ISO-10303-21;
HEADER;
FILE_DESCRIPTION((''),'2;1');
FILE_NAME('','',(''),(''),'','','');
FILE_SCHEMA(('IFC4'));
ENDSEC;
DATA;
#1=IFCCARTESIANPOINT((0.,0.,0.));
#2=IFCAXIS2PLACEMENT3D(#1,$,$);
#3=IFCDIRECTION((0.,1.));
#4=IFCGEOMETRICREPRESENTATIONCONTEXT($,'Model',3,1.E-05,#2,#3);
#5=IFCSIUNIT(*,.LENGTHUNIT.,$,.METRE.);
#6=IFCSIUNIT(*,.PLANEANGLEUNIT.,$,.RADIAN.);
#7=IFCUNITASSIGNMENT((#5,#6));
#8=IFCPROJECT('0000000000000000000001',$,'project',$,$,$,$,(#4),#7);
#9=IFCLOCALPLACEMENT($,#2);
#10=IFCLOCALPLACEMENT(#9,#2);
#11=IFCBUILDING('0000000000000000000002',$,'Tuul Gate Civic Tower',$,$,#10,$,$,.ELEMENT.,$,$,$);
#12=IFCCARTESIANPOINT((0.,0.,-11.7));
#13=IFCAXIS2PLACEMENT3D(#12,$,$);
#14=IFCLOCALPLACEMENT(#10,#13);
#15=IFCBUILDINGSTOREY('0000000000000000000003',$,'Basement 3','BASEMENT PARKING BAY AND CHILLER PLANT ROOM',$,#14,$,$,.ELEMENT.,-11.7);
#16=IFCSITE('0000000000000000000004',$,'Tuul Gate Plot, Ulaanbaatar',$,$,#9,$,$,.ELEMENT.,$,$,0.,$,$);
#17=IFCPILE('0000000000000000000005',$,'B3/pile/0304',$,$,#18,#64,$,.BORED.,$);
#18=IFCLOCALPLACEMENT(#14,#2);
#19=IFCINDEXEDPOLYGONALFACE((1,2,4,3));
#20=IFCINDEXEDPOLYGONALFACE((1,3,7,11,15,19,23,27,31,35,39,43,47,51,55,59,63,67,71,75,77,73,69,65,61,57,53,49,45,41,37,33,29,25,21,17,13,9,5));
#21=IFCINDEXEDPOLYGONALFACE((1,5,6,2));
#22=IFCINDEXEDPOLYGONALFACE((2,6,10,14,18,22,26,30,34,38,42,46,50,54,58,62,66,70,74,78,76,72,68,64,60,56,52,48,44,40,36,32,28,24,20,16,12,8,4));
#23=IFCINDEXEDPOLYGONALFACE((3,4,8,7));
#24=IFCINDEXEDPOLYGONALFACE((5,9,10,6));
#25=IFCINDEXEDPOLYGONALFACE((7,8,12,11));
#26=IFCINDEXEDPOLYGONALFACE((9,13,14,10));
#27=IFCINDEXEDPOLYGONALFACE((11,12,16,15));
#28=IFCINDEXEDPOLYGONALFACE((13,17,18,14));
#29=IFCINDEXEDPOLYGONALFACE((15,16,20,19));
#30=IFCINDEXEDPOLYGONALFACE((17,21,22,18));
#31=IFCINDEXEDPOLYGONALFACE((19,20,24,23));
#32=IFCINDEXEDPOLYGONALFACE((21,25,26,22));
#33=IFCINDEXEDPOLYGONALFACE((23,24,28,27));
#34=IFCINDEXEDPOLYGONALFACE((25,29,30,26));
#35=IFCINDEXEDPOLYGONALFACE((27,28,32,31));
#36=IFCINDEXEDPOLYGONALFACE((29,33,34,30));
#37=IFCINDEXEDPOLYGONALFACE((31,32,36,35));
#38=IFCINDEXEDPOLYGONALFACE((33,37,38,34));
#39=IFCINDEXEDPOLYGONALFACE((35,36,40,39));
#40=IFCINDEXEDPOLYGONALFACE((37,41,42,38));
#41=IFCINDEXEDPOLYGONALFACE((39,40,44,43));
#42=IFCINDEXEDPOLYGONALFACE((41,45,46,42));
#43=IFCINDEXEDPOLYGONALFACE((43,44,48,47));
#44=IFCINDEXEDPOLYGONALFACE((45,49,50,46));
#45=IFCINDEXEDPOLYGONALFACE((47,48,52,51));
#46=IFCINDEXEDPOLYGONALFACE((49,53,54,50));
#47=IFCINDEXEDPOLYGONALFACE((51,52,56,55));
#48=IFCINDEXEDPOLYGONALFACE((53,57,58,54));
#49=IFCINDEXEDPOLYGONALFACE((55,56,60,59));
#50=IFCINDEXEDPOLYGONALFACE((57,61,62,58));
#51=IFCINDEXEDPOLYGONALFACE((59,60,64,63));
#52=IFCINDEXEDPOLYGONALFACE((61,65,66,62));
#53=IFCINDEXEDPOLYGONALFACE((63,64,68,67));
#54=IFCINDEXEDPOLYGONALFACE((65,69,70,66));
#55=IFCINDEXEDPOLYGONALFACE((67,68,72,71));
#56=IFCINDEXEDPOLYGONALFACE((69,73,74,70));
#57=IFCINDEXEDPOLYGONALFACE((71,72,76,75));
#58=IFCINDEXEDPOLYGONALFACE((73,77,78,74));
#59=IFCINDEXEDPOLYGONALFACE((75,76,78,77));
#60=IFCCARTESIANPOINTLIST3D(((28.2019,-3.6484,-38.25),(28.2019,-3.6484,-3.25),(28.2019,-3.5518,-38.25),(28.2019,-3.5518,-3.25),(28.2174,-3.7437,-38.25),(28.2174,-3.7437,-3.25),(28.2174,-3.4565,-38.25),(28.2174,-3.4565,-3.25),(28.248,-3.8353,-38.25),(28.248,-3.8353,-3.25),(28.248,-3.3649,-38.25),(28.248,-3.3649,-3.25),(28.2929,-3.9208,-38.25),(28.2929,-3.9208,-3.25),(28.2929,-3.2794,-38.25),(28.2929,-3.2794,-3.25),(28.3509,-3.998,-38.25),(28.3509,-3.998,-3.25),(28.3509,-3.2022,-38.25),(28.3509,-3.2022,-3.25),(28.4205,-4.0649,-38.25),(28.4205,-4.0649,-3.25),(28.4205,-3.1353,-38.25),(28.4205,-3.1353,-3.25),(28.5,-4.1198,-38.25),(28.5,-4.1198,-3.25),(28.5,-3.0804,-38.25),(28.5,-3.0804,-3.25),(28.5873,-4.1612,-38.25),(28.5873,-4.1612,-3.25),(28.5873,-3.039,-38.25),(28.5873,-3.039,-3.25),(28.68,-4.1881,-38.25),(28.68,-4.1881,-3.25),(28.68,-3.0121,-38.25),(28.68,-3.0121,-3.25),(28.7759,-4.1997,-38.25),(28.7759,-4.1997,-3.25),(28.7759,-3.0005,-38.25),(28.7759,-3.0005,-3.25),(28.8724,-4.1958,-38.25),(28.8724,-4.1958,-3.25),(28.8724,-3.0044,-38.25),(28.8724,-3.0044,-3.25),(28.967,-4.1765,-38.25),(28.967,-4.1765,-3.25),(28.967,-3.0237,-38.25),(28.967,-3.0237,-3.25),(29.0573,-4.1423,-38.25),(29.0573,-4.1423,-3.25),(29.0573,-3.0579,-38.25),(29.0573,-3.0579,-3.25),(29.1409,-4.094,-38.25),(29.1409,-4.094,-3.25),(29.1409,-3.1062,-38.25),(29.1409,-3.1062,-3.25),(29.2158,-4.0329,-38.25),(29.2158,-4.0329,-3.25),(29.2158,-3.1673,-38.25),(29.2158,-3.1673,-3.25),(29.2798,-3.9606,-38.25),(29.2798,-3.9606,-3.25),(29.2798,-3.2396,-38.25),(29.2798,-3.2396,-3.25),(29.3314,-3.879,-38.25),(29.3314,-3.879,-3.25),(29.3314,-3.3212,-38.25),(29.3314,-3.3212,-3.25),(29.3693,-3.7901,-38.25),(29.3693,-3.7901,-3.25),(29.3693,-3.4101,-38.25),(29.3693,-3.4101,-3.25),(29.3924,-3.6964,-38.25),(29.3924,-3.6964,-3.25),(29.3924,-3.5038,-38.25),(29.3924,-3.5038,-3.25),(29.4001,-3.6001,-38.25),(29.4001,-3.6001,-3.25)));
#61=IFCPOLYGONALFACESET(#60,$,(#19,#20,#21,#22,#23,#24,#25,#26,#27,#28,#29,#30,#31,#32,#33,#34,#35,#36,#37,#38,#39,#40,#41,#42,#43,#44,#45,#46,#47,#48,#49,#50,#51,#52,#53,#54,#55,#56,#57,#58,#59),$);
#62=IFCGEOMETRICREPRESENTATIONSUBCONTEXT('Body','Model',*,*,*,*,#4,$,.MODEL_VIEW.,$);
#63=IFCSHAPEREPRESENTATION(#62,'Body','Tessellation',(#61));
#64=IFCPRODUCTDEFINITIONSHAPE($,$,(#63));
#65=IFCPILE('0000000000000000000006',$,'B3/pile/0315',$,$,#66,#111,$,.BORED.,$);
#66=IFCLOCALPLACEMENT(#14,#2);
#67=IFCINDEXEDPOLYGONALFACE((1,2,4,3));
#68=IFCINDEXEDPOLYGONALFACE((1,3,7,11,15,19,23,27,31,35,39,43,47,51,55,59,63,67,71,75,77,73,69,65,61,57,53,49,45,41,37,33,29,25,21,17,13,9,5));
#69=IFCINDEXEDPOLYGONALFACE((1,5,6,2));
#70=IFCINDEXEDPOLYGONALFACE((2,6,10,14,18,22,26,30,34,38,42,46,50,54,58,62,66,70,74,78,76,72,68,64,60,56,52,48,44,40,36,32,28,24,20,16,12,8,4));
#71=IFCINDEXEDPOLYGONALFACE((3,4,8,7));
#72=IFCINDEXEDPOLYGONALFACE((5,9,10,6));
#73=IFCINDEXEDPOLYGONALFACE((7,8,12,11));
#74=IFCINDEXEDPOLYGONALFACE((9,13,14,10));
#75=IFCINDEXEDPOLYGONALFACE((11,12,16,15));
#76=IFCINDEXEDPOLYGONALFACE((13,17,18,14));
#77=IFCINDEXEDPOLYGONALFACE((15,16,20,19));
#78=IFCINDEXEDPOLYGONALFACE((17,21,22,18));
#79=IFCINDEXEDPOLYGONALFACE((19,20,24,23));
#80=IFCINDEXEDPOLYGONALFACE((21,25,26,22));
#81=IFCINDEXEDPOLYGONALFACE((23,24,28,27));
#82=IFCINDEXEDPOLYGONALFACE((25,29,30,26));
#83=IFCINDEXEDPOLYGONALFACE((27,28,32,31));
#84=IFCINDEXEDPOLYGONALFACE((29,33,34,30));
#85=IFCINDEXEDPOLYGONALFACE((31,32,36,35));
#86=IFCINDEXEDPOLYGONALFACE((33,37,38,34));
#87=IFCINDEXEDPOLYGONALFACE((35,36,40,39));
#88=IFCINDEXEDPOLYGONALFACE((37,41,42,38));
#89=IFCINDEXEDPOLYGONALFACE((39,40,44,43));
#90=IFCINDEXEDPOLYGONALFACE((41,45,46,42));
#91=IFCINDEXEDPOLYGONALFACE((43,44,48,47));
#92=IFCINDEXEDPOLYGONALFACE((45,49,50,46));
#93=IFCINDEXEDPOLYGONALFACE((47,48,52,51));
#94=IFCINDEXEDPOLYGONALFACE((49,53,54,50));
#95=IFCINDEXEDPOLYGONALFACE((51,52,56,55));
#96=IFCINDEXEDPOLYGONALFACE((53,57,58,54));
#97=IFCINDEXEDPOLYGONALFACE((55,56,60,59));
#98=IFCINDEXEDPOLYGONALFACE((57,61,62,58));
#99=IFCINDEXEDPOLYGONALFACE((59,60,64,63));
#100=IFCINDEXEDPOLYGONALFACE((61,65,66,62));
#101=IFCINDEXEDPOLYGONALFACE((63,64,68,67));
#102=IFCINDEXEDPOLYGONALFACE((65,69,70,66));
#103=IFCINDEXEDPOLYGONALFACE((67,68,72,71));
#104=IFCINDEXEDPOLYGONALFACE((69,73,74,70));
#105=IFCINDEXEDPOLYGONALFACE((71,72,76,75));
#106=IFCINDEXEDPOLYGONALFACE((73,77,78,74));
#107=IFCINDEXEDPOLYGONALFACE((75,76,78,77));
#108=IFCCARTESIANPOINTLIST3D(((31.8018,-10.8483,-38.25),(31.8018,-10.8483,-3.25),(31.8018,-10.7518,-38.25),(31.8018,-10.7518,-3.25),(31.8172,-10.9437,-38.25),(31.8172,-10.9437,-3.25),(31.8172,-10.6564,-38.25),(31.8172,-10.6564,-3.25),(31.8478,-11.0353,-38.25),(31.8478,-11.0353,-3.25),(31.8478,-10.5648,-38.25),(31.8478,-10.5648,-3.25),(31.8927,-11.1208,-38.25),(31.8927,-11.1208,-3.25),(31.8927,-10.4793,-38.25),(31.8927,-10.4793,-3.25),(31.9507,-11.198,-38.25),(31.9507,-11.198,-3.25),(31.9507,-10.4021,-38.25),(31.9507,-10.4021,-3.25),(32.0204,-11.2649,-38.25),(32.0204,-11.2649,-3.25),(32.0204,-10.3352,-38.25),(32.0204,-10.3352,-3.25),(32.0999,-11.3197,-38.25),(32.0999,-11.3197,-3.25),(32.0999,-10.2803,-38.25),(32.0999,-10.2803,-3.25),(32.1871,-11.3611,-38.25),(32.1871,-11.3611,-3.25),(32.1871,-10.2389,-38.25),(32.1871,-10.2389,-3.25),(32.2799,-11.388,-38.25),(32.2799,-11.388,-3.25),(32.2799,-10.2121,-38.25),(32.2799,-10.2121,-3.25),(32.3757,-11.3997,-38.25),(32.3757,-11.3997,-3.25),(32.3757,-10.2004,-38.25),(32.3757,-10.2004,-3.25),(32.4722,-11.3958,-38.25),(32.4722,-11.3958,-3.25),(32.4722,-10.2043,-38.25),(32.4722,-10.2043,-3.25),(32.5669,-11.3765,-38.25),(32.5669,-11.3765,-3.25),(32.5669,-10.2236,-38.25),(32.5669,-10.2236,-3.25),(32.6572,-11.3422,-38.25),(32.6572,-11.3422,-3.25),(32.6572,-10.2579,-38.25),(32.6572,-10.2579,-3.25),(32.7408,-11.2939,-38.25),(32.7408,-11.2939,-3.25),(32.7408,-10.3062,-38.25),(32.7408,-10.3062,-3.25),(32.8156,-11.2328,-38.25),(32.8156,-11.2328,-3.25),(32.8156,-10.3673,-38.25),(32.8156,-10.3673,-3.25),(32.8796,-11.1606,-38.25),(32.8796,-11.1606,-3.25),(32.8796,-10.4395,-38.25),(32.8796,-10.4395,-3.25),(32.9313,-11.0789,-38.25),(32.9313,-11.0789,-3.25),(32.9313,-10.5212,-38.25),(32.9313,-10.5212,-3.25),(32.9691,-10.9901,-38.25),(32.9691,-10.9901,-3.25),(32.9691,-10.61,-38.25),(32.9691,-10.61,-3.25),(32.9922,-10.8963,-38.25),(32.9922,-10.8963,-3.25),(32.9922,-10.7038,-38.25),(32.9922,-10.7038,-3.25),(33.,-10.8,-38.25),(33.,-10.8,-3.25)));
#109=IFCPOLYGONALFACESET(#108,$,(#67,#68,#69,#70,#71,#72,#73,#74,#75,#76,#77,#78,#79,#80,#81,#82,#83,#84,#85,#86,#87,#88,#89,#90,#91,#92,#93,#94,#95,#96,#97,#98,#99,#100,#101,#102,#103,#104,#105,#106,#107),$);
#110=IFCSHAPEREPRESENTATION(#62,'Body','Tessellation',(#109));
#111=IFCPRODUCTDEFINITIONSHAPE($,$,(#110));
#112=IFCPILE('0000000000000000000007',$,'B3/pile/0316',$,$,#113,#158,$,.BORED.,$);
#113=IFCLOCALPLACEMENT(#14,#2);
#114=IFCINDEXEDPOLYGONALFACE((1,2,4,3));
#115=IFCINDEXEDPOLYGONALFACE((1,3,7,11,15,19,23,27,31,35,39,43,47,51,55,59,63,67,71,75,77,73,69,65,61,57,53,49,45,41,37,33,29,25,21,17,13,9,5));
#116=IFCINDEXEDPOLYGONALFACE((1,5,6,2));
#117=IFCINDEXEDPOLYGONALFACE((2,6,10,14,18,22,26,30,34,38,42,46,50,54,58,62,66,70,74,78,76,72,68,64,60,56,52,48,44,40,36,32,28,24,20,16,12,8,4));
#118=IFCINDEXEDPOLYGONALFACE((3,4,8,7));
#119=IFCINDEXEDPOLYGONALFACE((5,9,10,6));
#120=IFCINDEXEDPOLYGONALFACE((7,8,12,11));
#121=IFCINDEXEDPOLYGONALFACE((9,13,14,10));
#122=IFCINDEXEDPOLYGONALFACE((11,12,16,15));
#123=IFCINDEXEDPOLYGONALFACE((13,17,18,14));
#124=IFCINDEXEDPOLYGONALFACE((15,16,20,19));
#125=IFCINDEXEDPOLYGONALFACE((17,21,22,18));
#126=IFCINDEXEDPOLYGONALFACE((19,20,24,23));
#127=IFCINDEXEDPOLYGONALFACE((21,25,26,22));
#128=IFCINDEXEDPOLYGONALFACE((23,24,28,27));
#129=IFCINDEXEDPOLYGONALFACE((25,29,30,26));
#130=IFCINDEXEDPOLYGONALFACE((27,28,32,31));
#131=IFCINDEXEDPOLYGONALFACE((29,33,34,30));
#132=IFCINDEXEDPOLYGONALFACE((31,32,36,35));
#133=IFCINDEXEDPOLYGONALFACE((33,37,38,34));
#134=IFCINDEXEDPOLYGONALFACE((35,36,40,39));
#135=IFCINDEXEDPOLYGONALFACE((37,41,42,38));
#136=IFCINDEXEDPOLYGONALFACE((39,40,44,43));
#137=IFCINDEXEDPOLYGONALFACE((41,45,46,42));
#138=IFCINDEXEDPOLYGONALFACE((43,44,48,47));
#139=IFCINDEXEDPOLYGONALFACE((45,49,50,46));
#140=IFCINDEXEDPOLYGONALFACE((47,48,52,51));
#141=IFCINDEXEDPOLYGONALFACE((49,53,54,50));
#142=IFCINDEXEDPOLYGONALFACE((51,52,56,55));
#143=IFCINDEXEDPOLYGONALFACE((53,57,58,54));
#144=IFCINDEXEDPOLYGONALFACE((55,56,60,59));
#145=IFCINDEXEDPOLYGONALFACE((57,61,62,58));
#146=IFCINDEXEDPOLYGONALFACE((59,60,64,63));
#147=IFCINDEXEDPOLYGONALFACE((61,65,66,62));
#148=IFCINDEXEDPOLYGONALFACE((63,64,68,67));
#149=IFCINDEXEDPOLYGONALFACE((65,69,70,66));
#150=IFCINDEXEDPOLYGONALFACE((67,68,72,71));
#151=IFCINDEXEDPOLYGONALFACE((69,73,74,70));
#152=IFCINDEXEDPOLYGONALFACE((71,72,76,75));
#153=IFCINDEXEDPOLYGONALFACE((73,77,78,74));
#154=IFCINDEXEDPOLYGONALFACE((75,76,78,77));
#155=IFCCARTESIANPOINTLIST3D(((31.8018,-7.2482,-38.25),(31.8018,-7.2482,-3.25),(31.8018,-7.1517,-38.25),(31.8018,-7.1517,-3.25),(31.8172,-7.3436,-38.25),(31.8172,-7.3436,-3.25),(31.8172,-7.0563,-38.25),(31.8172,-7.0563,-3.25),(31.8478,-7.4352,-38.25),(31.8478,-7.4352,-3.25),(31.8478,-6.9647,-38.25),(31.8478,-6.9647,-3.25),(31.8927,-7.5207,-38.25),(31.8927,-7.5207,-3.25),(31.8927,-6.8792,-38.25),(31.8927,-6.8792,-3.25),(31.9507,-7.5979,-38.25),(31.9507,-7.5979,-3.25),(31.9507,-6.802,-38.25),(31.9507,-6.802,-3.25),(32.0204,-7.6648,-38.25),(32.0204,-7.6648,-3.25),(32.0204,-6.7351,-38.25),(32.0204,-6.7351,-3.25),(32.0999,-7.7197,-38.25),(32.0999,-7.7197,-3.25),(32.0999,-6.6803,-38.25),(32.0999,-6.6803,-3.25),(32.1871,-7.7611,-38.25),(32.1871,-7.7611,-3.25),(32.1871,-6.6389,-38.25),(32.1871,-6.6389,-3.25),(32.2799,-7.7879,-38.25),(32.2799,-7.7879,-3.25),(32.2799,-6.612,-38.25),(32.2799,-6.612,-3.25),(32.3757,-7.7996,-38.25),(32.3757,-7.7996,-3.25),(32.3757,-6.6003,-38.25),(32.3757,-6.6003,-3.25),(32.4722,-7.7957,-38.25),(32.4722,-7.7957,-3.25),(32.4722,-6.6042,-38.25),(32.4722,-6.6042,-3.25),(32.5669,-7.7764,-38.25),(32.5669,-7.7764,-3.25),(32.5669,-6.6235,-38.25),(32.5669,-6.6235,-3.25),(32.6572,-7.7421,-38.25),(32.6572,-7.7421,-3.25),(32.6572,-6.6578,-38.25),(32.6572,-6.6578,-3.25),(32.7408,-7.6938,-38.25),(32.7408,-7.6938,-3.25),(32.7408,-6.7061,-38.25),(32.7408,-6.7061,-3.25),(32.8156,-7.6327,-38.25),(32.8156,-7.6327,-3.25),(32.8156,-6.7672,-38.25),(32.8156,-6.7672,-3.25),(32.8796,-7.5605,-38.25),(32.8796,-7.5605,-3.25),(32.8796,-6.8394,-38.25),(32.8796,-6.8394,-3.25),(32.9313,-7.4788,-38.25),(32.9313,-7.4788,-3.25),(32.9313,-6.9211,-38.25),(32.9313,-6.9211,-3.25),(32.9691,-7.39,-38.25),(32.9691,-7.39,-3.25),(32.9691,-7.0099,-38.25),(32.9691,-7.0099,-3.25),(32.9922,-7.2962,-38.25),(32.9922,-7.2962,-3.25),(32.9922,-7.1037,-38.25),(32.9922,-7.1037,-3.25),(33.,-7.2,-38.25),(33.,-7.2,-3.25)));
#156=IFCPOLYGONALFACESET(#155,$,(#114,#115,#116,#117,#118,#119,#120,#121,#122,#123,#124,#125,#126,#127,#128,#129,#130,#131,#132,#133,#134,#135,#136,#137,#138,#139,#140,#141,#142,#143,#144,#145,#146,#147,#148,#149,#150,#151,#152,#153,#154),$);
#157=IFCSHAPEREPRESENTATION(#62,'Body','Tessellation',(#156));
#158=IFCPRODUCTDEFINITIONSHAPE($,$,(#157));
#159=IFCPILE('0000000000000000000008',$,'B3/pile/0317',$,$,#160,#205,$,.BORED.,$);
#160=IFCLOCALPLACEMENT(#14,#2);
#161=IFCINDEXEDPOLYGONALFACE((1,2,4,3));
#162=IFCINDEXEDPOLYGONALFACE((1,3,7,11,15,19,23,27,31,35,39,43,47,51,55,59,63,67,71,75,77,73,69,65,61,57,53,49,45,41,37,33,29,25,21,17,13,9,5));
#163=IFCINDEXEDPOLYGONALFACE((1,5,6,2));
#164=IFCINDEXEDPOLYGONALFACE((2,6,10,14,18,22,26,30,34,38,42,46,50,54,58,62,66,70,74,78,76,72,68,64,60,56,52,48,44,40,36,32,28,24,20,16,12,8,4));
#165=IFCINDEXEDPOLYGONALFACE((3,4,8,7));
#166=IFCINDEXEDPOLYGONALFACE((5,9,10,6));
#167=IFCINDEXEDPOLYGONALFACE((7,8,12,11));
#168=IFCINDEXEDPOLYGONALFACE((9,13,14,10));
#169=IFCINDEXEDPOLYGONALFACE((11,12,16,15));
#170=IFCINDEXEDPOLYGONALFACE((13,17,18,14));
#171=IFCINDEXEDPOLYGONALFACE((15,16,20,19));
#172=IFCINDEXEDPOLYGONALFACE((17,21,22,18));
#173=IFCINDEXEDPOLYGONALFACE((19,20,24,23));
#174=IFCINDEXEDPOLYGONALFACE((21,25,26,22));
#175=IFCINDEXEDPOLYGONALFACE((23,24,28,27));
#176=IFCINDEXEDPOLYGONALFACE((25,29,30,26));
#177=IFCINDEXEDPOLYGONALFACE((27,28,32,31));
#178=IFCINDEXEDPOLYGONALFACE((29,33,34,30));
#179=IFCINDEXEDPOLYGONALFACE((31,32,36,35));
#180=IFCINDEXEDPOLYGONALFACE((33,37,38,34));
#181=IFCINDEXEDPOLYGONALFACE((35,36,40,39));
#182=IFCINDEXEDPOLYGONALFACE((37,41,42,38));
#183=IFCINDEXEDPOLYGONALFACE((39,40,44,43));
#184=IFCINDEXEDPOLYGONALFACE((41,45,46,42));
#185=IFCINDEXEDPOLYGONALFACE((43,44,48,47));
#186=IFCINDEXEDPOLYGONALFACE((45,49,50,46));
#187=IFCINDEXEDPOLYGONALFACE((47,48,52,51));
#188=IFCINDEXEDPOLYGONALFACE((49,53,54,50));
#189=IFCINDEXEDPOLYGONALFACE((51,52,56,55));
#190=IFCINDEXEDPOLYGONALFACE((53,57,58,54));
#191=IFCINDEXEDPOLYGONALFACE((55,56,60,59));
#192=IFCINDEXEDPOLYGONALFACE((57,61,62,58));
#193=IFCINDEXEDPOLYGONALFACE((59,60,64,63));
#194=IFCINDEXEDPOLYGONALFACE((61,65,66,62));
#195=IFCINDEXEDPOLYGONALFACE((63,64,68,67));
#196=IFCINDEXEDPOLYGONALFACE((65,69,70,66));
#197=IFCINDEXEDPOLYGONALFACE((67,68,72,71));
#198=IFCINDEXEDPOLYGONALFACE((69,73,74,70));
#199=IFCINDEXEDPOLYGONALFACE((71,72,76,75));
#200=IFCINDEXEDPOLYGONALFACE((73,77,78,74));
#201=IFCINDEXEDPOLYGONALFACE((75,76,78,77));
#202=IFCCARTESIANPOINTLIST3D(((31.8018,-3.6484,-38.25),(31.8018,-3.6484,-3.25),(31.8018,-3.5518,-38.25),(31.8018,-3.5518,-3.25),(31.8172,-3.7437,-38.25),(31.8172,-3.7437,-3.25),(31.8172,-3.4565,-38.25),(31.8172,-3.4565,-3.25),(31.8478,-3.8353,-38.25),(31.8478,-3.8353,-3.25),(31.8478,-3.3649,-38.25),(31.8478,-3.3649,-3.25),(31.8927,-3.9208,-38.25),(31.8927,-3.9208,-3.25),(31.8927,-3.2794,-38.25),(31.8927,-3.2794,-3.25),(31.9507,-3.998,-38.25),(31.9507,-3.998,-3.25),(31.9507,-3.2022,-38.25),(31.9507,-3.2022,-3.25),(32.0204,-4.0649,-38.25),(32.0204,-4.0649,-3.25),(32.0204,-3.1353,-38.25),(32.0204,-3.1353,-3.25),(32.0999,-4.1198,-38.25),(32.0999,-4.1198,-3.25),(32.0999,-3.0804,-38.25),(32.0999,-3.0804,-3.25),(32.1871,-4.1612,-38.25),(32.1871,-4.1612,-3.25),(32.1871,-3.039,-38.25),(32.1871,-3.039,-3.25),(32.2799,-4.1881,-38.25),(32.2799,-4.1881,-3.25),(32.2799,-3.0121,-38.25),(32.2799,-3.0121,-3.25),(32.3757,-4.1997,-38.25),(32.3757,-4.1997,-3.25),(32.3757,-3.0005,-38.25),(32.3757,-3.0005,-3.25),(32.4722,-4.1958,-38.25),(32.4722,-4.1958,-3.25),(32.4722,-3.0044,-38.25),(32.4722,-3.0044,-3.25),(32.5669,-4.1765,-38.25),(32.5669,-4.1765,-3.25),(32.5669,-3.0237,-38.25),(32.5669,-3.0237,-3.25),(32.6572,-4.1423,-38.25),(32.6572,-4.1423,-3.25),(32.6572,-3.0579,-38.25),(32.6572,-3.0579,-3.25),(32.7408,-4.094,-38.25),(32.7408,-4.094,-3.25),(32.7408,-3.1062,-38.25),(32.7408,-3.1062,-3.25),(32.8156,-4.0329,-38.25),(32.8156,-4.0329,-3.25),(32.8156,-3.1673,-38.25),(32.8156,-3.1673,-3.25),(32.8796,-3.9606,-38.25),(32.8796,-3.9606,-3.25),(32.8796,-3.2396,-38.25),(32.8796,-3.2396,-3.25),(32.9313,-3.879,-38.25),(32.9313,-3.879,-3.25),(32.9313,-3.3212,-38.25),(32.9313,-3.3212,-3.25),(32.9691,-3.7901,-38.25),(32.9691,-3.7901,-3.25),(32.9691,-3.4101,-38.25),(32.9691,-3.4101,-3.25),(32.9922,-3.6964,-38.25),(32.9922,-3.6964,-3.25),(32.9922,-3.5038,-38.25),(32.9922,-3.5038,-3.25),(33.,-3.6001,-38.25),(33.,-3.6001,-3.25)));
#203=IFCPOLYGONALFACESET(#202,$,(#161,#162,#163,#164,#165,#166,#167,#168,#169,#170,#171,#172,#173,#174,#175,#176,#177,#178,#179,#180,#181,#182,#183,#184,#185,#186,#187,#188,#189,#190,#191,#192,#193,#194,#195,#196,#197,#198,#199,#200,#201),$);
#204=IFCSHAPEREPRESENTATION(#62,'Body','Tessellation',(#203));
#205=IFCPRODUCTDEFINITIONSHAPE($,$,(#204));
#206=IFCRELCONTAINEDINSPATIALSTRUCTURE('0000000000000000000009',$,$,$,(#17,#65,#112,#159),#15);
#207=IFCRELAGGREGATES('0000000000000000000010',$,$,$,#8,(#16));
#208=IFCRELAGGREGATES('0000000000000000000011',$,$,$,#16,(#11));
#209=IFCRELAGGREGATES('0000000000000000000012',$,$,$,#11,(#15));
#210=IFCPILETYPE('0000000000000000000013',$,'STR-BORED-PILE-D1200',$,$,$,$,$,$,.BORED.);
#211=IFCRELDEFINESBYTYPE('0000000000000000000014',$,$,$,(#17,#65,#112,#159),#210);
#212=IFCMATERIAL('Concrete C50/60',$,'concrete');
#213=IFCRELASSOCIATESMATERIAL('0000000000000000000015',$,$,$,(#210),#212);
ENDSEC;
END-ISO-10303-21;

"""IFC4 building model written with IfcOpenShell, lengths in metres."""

from ifc_helpers import new_model, si_unit, direction, frame, origin, origin_2d, place, context, subcontext, project, spatial, circle, extrude, material, material_profile, profile_set, type_object, element, save


model = new_model("IFC4")

# Units and contexts
model_context = context("Model", 3, precision=1e-05, world=origin(), true_north=direction((0.0, 1.0)))
body_context = subcontext(model_context, "Body", "Model", "MODEL_VIEW")
ifc_project = project(units=[si_unit("LENGTHUNIT", "METRE"), si_unit("PLANEANGLEUNIT", "RADIAN")], contexts=[model_context])

# Site, building, storey
site_placement = place(None, origin())
site = spatial("IfcSite", under=ifc_project, at=site_placement, Name="Tuul Gate Plot, Ulaanbaatar", CompositionType="ELEMENT", RefElevation=0.0)
building_placement = place(site_placement, origin())
building = spatial("IfcBuilding", under=site, at=building_placement, Name="Tuul Gate Civic Tower", CompositionType="ELEMENT")
storey_placement = place(building_placement, frame((0.0, 0.0, -11.7)))
storey = spatial("IfcBuildingStorey", under=building, at=storey_placement, Name="Basement 3", Description="BASEMENT PARKING BAY AND CHILLER PLANT ROOM", CompositionType="ELEMENT", Elevation=-11.7)

# Piles
ifc_material_1 = material(Name="Concrete C50/60", Category="concrete")
ifc_material_profile_1 = material_profile(ifc_material_1, circle(Radius=0.6001, at=origin_2d()), Name="PILE1200")
ifc_profile_set_1 = profile_set([ifc_material_profile_1], Name="Concrete C50/60")
pile_type = type_object("IfcPileType", Name="STR-BORED-PILE-D1200", PredefinedType="BORED", material=ifc_profile_set_1)
for number, where, z_axis, x_axis, name in (
    (1, (28.8, -3.6001, -3.25), (0.0, 0.0, -1.0), (1.0, 0.0, 0.0), "B3/pile/0304"),
    (2, (32.3999, -10.8, -3.25), (0.0, 0.0, -1.0), (1.0, 0.0, 0.0), "B3/pile/0315"),
    (3, (32.3999, -7.2, -3.25), (0.0, 0.0, -1.0), (1.0, 0.0, 0.0), "B3/pile/0316"),
    (4, (32.3999, -3.6001, -3.25), (0.0, 0.0, -1.0), (1.0, 0.0, 0.0), "B3/pile/0317"),
):
    element("IfcPile", number, at=place(storey_placement, frame(where, z_axis=z_axis, x_axis=x_axis)), inside=storey, type_object=pile_type, Name=name, PredefinedType="BORED", context=body_context, shape_type="SweptSolid", body=[
        extrude(circle(Radius=0.6001, at=origin_2d()), origin(), (0.0, 0.0, 1.0), 35.0),
    ])

save(model, "model.ifc")
